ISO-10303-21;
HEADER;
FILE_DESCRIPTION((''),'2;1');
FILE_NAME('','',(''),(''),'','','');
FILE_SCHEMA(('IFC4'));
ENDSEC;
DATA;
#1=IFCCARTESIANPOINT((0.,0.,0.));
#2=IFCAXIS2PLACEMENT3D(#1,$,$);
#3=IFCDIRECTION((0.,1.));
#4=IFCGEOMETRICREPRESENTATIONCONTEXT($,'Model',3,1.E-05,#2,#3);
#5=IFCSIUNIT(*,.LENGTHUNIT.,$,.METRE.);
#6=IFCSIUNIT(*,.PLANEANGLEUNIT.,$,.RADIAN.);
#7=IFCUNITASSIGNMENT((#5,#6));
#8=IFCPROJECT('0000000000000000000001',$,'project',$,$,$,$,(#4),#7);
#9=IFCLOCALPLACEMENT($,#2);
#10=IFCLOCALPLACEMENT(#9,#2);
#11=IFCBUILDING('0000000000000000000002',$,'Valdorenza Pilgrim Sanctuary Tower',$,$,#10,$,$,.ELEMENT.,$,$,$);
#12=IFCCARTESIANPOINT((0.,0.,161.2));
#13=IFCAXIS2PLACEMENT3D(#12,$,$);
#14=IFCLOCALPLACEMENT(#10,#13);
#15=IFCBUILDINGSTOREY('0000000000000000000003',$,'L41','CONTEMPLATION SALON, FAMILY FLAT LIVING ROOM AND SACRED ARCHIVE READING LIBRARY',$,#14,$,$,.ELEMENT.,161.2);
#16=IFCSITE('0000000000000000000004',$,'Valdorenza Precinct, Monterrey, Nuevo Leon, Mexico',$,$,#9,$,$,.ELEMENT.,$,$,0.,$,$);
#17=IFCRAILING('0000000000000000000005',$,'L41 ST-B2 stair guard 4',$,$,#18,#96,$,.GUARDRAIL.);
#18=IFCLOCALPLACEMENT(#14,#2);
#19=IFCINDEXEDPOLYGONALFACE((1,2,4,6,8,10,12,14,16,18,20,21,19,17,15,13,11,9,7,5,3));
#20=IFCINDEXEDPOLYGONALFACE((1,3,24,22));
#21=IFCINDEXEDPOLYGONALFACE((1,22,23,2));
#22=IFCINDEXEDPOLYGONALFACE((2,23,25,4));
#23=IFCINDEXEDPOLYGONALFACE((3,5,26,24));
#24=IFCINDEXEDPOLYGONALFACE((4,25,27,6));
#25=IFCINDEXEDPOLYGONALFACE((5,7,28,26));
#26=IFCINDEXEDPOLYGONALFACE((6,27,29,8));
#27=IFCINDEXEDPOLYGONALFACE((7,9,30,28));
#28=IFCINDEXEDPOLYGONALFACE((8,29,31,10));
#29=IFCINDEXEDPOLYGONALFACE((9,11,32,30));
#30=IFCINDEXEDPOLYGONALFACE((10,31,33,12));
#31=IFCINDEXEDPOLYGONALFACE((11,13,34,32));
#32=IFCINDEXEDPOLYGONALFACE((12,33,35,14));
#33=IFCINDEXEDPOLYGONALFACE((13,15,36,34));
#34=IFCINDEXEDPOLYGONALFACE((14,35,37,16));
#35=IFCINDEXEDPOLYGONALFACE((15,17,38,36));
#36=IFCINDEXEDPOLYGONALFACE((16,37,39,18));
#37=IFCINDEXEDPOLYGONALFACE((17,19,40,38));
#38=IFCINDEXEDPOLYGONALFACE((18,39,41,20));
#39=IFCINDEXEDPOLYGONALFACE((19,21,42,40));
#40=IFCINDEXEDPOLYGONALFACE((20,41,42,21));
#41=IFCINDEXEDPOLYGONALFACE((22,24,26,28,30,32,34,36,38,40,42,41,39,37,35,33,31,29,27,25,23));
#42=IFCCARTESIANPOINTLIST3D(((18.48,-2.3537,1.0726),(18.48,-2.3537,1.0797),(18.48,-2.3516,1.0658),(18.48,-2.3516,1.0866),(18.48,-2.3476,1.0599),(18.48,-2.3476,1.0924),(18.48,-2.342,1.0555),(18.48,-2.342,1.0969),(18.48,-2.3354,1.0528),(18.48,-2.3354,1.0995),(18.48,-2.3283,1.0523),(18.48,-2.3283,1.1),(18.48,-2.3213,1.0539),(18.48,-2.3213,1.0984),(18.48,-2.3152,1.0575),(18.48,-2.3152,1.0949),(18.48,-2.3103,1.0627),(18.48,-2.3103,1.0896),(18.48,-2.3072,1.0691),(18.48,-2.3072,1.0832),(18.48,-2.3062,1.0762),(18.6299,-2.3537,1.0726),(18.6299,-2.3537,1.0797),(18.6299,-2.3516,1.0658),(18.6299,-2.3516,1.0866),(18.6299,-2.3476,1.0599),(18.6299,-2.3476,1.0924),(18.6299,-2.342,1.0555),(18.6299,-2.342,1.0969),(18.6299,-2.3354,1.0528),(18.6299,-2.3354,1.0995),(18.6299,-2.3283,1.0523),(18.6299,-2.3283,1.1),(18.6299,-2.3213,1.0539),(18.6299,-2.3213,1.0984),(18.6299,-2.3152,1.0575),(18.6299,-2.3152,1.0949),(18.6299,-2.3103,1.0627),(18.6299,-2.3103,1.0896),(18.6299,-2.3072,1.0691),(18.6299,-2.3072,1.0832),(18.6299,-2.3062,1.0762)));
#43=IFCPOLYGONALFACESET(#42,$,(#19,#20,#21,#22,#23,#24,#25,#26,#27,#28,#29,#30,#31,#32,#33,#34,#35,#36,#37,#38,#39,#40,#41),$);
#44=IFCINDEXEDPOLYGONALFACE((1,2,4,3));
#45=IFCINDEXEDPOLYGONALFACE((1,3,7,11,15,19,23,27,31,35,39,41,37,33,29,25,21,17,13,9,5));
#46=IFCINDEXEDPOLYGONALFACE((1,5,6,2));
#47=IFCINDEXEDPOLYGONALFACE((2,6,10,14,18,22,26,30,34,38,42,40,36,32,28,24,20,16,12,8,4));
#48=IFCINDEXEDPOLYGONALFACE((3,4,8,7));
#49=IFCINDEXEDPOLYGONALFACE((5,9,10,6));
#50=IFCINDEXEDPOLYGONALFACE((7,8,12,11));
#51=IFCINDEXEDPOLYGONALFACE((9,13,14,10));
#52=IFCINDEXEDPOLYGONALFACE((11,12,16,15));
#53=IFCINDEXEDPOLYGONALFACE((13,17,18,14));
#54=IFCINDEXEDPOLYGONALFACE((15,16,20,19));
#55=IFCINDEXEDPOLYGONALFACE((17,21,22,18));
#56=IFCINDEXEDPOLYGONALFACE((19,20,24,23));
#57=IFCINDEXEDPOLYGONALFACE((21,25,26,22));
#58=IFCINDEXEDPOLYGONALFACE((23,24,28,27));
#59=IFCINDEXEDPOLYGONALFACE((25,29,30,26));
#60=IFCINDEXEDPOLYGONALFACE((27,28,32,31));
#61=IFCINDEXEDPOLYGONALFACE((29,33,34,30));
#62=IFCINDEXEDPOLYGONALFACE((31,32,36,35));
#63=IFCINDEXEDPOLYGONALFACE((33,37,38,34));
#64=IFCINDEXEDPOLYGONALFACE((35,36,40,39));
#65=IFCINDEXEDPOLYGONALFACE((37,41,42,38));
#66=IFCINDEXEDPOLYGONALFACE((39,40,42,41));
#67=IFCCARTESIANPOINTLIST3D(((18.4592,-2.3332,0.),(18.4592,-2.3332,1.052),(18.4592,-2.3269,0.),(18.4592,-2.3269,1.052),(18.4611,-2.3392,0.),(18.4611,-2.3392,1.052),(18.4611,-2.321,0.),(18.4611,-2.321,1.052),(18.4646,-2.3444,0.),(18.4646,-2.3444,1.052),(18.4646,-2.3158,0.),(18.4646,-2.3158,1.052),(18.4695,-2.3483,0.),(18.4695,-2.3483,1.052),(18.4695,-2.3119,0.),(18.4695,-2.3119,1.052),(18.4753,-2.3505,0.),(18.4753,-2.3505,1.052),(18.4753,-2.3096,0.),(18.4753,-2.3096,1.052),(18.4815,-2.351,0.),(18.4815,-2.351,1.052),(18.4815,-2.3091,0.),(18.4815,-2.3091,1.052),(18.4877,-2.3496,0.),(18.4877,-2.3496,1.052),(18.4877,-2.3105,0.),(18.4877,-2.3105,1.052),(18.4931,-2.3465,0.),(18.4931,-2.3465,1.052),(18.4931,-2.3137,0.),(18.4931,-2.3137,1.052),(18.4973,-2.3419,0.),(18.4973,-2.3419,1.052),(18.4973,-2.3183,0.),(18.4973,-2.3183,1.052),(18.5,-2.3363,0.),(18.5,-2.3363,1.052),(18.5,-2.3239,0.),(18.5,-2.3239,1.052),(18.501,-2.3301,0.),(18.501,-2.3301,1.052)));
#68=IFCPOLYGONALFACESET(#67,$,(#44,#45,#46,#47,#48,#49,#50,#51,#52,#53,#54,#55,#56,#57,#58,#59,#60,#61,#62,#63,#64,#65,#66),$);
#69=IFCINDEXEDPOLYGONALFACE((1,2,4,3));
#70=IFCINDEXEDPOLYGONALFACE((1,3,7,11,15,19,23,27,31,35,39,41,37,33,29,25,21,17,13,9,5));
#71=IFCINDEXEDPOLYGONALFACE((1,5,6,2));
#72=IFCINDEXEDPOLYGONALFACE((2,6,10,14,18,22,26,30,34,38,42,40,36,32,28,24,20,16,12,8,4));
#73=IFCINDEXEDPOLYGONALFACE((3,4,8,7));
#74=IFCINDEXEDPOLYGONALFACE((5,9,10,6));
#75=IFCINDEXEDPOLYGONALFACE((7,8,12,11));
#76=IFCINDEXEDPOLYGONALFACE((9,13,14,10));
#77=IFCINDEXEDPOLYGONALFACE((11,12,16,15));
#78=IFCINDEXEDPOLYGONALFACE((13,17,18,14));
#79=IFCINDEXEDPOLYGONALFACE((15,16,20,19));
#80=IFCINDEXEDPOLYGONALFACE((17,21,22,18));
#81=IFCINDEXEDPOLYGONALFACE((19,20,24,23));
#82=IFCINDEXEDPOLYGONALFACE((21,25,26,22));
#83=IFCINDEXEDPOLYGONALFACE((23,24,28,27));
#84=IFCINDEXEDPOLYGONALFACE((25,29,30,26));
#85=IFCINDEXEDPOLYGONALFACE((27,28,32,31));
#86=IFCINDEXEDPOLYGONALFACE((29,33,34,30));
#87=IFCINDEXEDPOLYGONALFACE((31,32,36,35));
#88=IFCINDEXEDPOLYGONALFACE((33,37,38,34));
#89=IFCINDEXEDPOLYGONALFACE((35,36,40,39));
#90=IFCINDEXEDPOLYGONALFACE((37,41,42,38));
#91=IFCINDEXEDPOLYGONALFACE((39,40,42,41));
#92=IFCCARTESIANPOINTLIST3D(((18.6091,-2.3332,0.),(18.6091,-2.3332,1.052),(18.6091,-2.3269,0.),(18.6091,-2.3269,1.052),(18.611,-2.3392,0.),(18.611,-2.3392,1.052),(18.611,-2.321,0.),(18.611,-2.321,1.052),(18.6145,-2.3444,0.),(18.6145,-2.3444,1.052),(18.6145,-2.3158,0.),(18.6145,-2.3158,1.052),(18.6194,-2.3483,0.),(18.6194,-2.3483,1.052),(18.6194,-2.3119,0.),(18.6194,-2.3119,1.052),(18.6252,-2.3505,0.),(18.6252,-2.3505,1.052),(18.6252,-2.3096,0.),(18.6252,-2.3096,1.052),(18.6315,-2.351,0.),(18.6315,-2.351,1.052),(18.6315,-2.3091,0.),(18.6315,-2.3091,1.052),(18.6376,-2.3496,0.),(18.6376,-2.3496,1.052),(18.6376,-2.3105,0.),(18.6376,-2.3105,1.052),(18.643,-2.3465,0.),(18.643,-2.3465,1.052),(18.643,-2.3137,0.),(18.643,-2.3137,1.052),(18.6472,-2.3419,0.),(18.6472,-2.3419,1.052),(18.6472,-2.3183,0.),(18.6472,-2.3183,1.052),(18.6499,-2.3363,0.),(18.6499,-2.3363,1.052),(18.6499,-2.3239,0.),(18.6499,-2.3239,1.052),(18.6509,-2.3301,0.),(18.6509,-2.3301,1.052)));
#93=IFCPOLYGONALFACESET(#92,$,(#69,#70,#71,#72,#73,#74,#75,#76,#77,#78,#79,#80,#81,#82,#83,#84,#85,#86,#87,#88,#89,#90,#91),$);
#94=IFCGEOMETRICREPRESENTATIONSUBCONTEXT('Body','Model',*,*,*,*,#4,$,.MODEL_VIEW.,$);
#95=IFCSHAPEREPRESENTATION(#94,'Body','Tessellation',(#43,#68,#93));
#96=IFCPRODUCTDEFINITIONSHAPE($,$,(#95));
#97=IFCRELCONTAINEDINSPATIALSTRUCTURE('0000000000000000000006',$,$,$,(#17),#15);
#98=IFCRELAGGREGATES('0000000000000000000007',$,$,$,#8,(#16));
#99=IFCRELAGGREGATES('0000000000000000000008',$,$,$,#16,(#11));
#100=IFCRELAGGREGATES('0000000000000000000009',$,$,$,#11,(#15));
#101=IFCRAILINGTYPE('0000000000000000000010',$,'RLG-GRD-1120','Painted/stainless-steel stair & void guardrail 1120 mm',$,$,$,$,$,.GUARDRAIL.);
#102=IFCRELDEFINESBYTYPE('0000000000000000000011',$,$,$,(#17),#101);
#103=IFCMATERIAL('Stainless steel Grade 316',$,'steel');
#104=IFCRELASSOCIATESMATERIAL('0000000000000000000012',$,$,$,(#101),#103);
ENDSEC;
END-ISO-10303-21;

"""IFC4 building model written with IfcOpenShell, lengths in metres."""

from ifc_helpers import new_model, si_unit, direction, frame, origin, origin_2d, place, context, subcontext, project, spatial, circle, extrude, material, type_object, element, save


model = new_model("IFC4")

# Units and contexts
model_context = context("Model", 3, precision=1e-05, world=origin(), true_north=direction((0.0, 1.0)))
body_context = subcontext(model_context, "Body", "Model", "MODEL_VIEW")
ifc_project = project(units=[si_unit("LENGTHUNIT", "METRE"), si_unit("PLANEANGLEUNIT", "RADIAN")], contexts=[model_context])

# Site, building, storey
site_placement = place(None, origin())
site = spatial("IfcSite", under=ifc_project, at=site_placement, Name="Valdorenza Precinct, Monterrey, Nuevo Leon, Mexico", CompositionType="ELEMENT", RefElevation=0.0)
building_placement = place(site_placement, origin())
building = spatial("IfcBuilding", under=site, at=building_placement, Name="Valdorenza Pilgrim Sanctuary Tower", CompositionType="ELEMENT")
storey_placement = place(building_placement, frame((0.0, 0.0, 161.2)))
storey = spatial("IfcBuildingStorey", under=building, at=storey_placement, Name="L41", Description="CONTEMPLATION SALON, FAMILY FLAT LIVING ROOM AND SACRED ARCHIVE READING LIBRARY", CompositionType="ELEMENT", Elevation=161.2)

# Railing
ifc_material_1 = material(Name="Stainless steel Grade 316", Category="steel")
railing_type_1 = type_object("IfcRailingType", Name="RLG-GRD-1120", Description="Painted/stainless-steel stair & void guardrail 1120 mm", PredefinedType="GUARDRAIL", material=ifc_material_1)
railing_1_placement = place(storey_placement, frame((18.48, -2.3301, 0.0)))
element("IfcRailing", 1, at=railing_1_placement, inside=storey, type_object=railing_type_1, Name="L41 ST-B2 stair guard 4", PredefinedType="GUARDRAIL", context=body_context, shape_type="SweptSolid", body=[
    extrude(circle(Radius=0.0239, at=origin_2d()), frame((0.0, 0.0, 1.0762), z_axis=(1.0, 0.0, 0.0), x_axis=(0.0, 1.0, 0.0)), (0.0, 0.0, 1.0), 0.1499),
    extrude(circle(Radius=0.021, at=origin_2d()), origin(), (0.0, 0.0, 1.0), 1.052),
    extrude(circle(Radius=0.021, at=origin_2d()), frame((0.1499, 0.0, 0.0)), (0.0, 0.0, 1.0), 1.052),
])

save(model, "model.ifc")
